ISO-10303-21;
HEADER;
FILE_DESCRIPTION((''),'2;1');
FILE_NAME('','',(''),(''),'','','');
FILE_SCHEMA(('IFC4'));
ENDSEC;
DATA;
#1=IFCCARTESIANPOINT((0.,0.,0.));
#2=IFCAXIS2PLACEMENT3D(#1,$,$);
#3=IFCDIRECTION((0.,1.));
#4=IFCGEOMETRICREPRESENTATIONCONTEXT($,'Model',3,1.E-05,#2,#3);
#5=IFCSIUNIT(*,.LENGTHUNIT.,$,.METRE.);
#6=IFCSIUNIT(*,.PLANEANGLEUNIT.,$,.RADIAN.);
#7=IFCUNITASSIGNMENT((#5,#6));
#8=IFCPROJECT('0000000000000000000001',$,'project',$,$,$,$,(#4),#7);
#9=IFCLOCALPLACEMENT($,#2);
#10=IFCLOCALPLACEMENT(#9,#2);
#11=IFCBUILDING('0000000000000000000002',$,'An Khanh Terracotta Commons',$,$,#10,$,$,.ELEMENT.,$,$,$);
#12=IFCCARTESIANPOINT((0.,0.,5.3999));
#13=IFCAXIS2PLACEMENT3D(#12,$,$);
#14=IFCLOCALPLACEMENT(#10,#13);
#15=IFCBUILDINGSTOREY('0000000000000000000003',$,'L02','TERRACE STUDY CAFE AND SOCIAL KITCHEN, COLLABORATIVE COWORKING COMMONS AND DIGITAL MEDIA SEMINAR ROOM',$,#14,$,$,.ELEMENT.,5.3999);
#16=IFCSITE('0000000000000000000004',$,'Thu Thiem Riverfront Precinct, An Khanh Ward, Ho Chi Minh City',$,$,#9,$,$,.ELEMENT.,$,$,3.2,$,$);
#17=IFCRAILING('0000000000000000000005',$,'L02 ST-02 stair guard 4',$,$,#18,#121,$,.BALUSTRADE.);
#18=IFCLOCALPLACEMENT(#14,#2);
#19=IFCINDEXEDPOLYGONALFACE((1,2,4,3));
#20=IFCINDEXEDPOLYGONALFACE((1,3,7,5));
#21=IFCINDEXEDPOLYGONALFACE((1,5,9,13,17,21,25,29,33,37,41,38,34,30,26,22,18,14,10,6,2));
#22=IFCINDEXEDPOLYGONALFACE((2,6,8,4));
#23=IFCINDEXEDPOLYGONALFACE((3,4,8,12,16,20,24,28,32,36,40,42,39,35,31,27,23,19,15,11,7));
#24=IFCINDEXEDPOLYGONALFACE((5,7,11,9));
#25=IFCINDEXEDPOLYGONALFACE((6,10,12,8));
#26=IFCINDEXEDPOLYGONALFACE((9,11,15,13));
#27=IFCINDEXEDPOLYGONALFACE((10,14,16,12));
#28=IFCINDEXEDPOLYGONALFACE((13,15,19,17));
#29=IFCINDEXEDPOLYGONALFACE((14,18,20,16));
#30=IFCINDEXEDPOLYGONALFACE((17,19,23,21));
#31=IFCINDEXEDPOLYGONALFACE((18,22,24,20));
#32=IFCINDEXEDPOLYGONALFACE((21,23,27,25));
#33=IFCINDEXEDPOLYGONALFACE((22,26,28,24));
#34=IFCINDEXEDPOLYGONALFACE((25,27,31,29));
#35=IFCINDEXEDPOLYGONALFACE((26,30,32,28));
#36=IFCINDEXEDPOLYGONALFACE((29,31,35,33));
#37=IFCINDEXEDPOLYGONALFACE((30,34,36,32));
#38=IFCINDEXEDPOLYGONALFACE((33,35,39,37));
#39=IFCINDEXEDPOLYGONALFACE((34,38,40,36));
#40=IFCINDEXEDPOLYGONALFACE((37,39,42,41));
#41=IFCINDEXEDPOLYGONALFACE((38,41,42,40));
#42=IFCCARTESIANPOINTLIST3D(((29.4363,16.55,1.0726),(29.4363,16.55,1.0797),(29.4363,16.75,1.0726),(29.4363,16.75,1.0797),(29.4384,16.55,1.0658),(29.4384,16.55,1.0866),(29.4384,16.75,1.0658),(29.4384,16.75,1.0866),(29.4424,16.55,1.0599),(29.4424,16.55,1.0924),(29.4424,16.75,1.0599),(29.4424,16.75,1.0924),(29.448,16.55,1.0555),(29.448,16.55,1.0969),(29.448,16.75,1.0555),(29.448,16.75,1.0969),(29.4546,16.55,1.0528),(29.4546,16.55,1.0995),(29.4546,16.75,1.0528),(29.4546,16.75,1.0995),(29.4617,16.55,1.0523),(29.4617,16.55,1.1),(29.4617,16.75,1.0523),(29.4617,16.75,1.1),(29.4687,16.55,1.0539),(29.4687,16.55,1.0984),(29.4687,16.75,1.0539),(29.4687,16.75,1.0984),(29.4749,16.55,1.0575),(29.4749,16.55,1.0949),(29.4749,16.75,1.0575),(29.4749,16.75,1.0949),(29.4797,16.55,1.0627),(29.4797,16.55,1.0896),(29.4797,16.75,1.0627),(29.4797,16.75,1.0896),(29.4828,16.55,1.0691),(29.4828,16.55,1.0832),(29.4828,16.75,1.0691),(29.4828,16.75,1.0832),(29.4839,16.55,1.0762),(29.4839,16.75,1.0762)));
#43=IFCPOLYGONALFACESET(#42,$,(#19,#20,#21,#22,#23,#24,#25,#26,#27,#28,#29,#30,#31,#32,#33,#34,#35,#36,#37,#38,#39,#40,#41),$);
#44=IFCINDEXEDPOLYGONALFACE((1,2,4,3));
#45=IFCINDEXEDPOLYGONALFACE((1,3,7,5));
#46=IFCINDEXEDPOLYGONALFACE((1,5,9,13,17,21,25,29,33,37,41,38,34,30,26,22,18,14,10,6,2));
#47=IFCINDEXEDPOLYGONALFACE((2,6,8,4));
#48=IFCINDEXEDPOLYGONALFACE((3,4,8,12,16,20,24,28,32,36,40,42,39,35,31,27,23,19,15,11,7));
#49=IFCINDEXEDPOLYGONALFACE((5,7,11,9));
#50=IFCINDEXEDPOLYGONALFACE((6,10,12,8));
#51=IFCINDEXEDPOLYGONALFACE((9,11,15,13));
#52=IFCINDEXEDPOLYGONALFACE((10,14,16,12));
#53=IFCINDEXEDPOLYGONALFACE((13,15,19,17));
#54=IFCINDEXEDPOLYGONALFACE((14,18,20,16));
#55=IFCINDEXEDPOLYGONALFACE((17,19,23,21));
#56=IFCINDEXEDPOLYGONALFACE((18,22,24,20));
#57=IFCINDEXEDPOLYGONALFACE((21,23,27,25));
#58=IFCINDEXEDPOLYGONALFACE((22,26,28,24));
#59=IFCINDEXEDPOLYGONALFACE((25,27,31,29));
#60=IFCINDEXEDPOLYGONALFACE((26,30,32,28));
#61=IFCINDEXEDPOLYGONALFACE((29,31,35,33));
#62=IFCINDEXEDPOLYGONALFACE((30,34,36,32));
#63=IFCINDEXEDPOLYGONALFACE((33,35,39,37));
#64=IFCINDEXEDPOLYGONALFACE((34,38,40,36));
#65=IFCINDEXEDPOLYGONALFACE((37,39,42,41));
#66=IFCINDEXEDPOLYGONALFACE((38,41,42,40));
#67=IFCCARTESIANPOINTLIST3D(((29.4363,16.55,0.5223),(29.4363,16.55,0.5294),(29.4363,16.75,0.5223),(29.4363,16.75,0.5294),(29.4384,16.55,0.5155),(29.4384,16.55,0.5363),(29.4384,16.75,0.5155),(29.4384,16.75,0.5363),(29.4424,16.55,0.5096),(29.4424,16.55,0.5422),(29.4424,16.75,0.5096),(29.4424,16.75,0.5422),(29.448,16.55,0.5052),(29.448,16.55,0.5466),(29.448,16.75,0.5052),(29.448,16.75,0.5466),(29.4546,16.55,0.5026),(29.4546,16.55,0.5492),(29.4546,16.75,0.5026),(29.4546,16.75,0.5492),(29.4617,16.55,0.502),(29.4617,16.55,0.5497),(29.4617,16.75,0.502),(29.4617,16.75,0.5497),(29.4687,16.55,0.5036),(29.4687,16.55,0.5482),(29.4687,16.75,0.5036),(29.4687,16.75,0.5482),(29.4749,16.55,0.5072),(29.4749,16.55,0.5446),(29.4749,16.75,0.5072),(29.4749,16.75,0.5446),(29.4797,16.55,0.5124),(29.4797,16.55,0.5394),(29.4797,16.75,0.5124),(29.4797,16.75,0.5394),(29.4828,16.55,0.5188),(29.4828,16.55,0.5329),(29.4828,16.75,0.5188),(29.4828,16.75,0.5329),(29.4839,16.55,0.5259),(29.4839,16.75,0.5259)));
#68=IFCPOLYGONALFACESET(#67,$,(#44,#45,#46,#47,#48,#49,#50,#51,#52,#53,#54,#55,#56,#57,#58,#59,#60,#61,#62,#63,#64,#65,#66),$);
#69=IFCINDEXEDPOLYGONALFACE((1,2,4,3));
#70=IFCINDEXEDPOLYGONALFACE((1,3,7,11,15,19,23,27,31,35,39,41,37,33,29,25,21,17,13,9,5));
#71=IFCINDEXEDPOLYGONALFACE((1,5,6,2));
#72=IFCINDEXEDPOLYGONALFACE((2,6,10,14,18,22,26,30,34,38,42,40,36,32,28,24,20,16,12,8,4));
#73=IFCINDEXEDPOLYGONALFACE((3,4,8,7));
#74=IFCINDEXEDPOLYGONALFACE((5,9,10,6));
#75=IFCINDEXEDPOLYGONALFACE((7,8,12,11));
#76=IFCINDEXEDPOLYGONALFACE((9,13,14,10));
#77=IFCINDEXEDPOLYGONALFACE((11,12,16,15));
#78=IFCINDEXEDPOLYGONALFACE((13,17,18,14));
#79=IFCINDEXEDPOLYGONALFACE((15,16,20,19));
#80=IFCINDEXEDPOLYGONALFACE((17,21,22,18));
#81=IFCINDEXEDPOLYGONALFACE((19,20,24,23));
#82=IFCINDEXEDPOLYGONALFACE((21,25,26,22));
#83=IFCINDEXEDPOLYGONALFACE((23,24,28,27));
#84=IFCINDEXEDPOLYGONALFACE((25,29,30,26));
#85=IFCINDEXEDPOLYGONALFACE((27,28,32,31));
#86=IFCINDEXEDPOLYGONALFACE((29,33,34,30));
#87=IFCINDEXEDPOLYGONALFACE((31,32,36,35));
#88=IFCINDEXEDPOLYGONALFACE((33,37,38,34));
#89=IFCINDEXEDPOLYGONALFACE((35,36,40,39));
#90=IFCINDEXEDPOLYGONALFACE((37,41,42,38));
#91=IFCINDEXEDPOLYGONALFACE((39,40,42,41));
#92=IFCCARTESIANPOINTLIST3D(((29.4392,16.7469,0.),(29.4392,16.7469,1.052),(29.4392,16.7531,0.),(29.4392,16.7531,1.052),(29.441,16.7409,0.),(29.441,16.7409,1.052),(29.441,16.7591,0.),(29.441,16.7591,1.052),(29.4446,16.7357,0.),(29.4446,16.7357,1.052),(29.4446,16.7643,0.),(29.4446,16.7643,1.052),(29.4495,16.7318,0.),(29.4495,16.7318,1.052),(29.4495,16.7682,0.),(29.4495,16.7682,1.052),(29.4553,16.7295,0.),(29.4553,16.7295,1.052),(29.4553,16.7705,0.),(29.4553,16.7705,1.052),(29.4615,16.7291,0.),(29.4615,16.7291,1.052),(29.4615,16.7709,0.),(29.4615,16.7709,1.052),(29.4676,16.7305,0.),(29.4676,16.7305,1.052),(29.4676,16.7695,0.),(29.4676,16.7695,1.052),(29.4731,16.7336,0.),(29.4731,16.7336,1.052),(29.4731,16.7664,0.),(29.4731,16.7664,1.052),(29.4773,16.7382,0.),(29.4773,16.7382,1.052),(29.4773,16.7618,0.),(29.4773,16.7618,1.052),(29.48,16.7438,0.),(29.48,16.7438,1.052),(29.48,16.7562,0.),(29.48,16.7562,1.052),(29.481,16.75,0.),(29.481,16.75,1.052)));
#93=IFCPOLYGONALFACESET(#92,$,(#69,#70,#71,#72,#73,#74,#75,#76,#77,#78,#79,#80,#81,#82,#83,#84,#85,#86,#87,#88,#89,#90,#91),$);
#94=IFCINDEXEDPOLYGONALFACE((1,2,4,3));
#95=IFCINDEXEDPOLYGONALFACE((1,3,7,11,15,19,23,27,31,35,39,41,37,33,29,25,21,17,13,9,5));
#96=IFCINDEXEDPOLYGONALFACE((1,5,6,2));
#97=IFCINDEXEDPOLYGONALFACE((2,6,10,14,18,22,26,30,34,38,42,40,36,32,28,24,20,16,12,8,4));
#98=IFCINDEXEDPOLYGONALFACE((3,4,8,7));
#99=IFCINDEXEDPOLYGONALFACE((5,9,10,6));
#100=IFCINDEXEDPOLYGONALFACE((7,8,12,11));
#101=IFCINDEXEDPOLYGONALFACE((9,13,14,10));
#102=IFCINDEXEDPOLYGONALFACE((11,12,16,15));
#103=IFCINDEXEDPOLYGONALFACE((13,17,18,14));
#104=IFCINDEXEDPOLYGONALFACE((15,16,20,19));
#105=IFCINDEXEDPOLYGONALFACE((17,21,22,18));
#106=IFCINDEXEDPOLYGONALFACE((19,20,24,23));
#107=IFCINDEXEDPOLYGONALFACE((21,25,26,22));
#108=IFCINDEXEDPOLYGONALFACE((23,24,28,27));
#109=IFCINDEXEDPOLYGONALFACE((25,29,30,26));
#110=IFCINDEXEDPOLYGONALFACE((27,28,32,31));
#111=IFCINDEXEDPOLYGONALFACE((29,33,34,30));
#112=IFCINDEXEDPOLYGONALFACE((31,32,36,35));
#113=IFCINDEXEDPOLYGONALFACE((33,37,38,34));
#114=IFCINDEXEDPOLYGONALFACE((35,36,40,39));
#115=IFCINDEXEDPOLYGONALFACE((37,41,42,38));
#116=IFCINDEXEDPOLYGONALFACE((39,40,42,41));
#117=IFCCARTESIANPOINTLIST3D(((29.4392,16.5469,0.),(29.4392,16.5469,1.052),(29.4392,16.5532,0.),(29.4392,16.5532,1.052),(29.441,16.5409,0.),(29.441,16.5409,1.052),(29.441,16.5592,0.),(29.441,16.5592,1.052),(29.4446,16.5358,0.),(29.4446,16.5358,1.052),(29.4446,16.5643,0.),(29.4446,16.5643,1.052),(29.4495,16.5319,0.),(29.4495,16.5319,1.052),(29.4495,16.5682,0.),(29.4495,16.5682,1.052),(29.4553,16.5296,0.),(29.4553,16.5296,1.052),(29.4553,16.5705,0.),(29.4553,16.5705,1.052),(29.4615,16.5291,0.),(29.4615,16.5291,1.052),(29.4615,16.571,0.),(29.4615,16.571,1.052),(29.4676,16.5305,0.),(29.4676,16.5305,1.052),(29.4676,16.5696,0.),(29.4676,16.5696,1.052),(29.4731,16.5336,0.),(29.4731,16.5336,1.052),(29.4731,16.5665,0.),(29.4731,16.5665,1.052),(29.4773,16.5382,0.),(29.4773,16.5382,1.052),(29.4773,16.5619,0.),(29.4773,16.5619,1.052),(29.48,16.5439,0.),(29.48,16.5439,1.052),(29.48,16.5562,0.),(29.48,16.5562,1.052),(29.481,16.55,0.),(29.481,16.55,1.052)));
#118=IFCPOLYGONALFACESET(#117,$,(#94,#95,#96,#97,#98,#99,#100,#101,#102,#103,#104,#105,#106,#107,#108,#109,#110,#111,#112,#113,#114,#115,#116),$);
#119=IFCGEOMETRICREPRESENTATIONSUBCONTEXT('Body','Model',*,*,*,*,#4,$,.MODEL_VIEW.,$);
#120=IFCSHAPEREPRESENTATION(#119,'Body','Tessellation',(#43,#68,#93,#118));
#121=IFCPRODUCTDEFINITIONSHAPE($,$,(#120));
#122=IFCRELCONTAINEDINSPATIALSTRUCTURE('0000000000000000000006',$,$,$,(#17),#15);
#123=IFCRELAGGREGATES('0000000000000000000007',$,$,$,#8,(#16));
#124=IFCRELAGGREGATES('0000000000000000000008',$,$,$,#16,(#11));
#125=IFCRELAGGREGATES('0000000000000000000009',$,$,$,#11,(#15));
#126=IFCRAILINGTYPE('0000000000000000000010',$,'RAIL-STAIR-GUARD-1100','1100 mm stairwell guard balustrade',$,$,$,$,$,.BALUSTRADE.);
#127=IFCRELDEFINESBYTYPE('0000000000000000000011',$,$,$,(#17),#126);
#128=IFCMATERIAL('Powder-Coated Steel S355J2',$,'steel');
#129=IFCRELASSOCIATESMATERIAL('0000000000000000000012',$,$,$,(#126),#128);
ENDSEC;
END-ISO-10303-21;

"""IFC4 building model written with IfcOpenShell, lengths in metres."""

from ifc_helpers import new_model, si_unit, direction, frame, origin, origin_2d, place, context, subcontext, project, spatial, circle, extrude, material, type_object, element, save


model = new_model("IFC4")

# Units and contexts
model_context = context("Model", 3, precision=1e-05, world=origin(), true_north=direction((0.0, 1.0)))
body_context = subcontext(model_context, "Body", "Model", "MODEL_VIEW")
ifc_project = project(units=[si_unit("LENGTHUNIT", "METRE"), si_unit("PLANEANGLEUNIT", "RADIAN")], contexts=[model_context])

# Site, building, storey
site_placement = place(None, origin())
site = spatial("IfcSite", under=ifc_project, at=site_placement, Name="Thu Thiem Riverfront Precinct, An Khanh Ward, Ho Chi Minh City", CompositionType="ELEMENT", RefElevation=3.2)
building_placement = place(site_placement, origin())
building = spatial("IfcBuilding", under=site, at=building_placement, Name="An Khanh Terracotta Commons", CompositionType="ELEMENT")
storey_placement = place(building_placement, frame((0.0, 0.0, 5.3999)))
storey = spatial("IfcBuildingStorey", under=building, at=storey_placement, Name="L02", Description="TERRACE STUDY CAFE AND SOCIAL KITCHEN, COLLABORATIVE COWORKING COMMONS AND DIGITAL MEDIA SEMINAR ROOM", CompositionType="ELEMENT", Elevation=5.3999)

# Railing
ifc_material_1 = material(Name="Powder-Coated Steel S355J2", Category="steel")
railing_type = type_object("IfcRailingType", Name="RAIL-STAIR-GUARD-1100", Description="1100 mm stairwell guard balustrade", PredefinedType="BALUSTRADE", material=ifc_material_1)
railing_1_placement = place(storey_placement, frame((29.46, 16.75, 0.0)))
element("IfcRailing", 1, at=railing_1_placement, inside=storey, type_object=railing_type, Name="L02 ST-02 stair guard 4", PredefinedType="BALUSTRADE", context=body_context, shape_type="SweptSolid", body=[
    extrude(circle(Radius=0.0239, at=origin_2d()), frame((0.0, 0.0, 1.0762), z_axis=(0.0, -1.0, 0.0), x_axis=(1.0, 0.0, 0.0)), (0.0, 0.0, 1.0), 0.2),
    extrude(circle(Radius=0.0239, at=origin_2d()), frame((0.0, 0.0, 0.5259), z_axis=(0.0, -1.0, 0.0), x_axis=(1.0, 0.0, 0.0)), (0.0, 0.0, 1.0), 0.2),
    extrude(circle(Radius=0.021, at=origin_2d()), origin(), (0.0, 0.0, 1.0), 1.052),
    extrude(circle(Radius=0.021, at=origin_2d()), frame((0.0, -0.2, 0.0)), (0.0, 0.0, 1.0), 1.052),
])

save(model, "model.ifc")
